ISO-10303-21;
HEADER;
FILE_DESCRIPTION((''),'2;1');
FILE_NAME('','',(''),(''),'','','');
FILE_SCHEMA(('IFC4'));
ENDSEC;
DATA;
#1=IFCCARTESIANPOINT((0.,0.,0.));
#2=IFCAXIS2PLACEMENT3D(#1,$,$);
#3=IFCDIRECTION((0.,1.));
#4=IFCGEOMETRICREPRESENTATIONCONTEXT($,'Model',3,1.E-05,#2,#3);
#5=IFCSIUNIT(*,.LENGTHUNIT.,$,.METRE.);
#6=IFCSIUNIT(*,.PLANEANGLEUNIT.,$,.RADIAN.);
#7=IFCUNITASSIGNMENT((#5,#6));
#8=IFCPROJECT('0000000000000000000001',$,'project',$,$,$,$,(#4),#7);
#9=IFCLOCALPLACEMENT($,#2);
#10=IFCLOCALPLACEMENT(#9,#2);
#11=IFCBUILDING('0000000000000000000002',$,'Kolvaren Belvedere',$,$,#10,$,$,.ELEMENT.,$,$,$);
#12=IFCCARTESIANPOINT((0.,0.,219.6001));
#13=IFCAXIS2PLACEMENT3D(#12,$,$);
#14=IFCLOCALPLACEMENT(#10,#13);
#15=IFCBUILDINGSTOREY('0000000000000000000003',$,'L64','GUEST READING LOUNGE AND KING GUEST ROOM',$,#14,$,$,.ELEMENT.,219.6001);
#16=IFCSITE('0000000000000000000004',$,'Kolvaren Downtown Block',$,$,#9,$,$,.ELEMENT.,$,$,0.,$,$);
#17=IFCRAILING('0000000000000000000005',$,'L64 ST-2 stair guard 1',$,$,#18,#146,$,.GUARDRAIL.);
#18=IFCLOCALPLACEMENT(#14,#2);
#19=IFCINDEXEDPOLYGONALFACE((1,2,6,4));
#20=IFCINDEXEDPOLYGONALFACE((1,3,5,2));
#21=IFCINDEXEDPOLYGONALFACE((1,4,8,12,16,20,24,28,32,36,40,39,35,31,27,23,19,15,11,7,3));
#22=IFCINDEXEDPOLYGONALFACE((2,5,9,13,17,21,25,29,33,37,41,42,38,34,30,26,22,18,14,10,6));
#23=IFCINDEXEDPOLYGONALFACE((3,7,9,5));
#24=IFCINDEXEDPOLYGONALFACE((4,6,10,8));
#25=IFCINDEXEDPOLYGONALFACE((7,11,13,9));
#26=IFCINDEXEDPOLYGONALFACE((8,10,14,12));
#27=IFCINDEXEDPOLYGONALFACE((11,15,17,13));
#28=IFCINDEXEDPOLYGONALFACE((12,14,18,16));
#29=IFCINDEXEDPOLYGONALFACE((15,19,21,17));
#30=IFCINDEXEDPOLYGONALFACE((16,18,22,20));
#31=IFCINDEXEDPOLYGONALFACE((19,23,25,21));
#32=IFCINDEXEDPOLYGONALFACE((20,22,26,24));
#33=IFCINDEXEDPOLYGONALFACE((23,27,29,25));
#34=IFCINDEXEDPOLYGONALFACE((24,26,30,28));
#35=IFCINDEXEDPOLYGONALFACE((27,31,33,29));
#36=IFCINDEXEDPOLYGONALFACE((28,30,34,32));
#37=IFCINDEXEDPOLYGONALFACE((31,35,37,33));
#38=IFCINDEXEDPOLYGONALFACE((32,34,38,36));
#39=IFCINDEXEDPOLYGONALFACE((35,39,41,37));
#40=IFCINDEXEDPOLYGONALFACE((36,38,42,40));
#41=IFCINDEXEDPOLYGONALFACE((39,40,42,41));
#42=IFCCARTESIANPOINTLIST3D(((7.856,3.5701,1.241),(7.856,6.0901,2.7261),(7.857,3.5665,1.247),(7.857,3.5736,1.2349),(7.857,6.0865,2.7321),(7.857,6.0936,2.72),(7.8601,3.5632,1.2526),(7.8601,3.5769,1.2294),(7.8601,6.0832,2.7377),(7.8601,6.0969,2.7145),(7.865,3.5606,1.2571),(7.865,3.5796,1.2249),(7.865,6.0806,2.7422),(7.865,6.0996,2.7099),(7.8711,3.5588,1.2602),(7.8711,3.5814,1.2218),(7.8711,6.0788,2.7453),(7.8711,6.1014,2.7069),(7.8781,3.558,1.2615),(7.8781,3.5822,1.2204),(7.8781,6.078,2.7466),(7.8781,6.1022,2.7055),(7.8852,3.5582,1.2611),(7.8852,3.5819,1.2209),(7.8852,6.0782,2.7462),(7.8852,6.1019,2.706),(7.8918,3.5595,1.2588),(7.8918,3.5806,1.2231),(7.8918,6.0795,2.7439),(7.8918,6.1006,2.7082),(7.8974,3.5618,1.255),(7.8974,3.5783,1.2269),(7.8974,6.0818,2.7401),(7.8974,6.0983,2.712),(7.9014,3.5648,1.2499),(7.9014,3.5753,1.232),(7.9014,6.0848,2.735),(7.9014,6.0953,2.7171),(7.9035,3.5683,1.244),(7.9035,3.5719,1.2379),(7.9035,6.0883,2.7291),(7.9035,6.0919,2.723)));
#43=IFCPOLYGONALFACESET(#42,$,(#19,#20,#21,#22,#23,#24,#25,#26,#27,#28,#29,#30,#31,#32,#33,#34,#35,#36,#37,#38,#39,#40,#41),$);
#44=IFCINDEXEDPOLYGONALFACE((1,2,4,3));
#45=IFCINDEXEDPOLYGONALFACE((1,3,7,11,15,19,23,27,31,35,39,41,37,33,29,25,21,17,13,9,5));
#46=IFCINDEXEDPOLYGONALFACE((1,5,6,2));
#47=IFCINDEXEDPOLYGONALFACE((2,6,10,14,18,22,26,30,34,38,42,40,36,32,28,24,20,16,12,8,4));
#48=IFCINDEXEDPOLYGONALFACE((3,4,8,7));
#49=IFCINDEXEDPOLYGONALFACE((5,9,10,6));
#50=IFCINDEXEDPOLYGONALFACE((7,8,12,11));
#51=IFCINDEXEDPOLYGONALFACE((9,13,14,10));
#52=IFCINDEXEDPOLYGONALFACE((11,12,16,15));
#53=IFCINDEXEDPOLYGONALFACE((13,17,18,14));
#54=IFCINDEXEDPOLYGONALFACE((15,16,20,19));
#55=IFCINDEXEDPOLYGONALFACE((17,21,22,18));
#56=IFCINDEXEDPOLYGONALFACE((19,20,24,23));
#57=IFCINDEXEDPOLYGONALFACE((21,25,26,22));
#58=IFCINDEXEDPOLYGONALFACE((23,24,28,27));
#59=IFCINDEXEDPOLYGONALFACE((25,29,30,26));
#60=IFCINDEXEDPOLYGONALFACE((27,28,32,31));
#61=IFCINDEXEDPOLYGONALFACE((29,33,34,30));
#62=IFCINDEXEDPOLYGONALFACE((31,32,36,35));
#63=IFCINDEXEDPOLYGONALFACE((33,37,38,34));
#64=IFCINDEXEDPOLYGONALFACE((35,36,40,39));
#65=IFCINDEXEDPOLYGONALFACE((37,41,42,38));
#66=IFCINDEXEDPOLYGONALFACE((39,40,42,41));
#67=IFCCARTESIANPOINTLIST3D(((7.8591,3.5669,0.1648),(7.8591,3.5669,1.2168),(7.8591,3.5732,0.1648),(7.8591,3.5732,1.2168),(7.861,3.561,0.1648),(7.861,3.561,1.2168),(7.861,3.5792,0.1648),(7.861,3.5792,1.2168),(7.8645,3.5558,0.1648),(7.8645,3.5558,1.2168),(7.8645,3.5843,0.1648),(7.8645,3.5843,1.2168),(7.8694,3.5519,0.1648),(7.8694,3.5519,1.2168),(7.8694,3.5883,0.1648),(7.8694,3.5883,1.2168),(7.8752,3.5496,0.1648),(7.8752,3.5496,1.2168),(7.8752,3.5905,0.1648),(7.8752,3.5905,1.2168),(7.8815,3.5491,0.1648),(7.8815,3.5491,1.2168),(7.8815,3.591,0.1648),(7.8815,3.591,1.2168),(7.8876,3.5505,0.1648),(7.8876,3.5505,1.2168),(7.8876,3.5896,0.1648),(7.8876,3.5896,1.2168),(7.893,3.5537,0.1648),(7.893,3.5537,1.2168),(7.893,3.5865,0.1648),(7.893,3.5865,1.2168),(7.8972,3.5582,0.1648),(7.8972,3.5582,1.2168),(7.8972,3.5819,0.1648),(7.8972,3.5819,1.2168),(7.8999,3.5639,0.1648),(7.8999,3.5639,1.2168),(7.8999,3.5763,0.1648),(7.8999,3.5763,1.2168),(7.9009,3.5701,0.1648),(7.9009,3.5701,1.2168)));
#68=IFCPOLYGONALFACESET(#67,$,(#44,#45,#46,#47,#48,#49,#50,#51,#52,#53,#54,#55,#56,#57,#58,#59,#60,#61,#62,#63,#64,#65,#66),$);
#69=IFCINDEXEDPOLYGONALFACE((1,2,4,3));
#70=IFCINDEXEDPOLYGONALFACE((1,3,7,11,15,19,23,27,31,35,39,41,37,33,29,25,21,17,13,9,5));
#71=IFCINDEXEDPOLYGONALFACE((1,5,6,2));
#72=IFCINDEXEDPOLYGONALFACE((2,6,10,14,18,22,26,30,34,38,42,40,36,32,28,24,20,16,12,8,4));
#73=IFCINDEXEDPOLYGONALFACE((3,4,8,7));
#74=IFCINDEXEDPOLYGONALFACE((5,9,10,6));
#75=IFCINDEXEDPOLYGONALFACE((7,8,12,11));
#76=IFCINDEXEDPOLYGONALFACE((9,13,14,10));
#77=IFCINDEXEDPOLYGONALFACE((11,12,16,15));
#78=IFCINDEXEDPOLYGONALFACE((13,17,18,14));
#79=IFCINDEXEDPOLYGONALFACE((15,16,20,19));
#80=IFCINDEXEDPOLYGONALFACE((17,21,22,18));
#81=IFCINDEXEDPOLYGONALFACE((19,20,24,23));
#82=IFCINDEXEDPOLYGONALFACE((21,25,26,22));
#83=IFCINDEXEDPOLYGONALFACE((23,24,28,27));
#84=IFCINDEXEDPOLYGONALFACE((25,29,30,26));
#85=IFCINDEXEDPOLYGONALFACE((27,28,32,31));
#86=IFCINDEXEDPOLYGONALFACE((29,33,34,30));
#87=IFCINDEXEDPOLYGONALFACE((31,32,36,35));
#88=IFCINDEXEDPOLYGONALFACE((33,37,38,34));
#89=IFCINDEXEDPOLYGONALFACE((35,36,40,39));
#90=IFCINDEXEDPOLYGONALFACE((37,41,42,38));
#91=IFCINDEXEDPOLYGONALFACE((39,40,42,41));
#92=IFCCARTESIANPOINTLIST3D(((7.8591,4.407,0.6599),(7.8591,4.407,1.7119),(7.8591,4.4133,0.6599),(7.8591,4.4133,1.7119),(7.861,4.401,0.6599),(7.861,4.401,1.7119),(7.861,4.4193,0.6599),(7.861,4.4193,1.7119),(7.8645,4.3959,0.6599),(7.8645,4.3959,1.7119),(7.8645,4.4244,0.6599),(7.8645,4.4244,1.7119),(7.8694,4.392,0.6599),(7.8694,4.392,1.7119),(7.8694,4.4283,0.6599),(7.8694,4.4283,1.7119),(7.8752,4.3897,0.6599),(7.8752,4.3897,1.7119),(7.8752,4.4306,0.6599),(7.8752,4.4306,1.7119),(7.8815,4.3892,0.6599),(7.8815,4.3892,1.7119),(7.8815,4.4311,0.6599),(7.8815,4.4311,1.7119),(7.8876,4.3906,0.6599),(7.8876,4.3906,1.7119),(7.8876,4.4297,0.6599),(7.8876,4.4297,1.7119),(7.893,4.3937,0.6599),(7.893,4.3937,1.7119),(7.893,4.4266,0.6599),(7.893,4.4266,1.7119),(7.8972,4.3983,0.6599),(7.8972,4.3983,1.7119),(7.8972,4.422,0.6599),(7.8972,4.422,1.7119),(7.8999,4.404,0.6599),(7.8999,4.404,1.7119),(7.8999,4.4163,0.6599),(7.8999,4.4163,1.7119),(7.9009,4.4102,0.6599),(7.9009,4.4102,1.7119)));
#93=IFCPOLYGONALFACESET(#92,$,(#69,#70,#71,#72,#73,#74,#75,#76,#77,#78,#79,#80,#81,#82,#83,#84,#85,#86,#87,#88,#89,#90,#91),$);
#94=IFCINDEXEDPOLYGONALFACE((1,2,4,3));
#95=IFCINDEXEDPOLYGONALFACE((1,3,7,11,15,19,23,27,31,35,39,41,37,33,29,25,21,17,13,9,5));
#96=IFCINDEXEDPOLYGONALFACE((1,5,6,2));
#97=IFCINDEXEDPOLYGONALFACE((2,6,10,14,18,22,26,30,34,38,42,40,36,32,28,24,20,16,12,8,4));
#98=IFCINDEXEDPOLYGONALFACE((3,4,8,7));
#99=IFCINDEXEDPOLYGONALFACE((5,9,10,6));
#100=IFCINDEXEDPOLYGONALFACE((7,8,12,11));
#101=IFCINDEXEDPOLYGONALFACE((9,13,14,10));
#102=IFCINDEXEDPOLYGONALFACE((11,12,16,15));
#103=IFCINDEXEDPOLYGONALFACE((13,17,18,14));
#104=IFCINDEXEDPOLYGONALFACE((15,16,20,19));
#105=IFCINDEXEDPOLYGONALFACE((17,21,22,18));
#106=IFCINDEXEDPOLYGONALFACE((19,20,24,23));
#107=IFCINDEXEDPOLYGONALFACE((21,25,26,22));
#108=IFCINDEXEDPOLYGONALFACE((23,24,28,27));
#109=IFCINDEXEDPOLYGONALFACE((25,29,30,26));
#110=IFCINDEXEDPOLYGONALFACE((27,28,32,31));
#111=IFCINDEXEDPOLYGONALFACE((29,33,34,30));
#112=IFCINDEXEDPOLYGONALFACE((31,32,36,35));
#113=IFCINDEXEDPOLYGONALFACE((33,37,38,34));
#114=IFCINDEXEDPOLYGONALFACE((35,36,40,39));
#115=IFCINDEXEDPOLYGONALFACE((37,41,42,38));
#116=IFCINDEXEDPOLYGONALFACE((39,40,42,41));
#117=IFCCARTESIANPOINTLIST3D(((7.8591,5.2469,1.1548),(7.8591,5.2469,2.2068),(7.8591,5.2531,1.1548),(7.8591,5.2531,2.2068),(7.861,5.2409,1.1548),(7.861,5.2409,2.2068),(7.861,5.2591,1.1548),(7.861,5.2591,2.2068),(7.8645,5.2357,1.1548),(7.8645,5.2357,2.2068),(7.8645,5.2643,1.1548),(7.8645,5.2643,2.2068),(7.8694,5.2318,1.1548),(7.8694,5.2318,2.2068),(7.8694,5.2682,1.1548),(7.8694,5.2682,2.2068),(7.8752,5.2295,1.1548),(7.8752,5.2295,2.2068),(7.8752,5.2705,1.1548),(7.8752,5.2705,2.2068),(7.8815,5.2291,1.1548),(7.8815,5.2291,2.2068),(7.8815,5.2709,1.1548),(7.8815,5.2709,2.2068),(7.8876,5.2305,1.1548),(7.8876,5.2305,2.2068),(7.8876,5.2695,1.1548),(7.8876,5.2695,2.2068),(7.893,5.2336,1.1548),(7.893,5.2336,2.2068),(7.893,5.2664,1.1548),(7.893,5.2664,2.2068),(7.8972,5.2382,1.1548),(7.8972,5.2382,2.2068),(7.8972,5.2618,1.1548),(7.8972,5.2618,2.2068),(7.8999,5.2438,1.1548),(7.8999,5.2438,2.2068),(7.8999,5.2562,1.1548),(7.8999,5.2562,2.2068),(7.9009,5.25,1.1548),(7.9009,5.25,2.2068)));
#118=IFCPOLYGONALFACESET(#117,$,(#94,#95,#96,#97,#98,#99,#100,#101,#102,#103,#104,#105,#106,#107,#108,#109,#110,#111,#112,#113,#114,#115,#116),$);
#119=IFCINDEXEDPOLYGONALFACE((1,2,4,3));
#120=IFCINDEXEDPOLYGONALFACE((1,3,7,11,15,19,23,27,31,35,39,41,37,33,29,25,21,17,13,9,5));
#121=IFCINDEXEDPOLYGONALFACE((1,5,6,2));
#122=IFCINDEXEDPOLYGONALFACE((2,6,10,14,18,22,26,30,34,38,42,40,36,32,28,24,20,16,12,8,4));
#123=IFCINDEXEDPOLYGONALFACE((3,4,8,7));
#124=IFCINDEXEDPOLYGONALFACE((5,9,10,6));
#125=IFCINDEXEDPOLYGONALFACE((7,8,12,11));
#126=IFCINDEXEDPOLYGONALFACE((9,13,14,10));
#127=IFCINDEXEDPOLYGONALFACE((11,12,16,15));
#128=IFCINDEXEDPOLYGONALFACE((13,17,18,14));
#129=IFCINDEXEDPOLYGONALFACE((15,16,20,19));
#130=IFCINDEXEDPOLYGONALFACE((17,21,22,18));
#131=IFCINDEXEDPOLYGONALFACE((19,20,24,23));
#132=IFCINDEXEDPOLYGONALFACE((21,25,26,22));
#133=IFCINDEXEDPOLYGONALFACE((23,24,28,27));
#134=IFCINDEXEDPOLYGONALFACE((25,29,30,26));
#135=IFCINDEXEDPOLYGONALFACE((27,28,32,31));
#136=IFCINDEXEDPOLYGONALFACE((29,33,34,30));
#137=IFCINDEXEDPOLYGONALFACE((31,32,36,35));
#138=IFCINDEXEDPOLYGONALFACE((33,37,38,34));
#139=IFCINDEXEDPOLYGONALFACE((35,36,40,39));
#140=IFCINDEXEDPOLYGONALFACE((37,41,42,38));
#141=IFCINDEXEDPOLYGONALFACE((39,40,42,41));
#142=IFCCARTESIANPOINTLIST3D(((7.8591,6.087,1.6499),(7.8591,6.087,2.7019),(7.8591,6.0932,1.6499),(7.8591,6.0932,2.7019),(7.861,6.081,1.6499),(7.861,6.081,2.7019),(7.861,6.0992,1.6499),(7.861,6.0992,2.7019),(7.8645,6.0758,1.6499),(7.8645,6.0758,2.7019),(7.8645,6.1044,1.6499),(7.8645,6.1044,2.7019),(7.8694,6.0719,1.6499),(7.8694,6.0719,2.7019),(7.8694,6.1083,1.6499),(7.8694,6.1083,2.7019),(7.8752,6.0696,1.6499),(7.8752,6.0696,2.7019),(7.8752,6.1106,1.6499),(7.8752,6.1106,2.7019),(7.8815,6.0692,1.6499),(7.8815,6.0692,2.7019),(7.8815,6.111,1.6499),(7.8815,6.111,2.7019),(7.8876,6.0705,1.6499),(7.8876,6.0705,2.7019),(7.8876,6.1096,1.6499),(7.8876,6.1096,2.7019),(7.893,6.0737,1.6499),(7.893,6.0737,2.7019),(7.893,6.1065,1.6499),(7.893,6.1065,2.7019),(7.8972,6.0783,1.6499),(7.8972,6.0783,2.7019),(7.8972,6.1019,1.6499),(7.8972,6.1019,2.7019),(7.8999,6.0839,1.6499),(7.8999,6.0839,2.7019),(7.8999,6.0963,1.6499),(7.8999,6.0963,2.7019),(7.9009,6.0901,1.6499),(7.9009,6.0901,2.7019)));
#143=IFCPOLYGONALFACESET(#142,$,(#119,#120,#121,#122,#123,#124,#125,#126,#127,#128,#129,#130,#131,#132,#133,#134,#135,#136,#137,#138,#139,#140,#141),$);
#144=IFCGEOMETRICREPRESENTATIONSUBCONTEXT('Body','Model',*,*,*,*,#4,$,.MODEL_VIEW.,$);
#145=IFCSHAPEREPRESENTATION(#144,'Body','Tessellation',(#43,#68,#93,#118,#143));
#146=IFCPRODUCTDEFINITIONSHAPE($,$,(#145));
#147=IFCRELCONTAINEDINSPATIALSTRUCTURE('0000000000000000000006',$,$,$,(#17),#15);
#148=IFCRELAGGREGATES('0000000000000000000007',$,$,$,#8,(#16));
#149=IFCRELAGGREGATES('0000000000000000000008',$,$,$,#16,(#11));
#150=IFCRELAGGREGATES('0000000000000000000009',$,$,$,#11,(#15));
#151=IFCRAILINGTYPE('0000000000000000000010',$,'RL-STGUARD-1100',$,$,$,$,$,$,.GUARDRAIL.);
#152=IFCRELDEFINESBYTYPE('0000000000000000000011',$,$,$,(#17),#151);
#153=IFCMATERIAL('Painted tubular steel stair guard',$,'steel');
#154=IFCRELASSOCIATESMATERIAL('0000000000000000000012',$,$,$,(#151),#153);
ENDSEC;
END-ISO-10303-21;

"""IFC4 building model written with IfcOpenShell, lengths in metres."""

from ifc_helpers import new_model, si_unit, direction, frame, origin, origin_2d, place, context, subcontext, project, spatial, circle, extrude, material, type_object, element, save


model = new_model("IFC4")

# Units and contexts
model_context = context("Model", 3, precision=1e-05, world=origin(), true_north=direction((0.0, 1.0)))
body_context = subcontext(model_context, "Body", "Model", "MODEL_VIEW")
ifc_project = project(units=[si_unit("LENGTHUNIT", "METRE"), si_unit("PLANEANGLEUNIT", "RADIAN")], contexts=[model_context])

# Site, building, storey
site_placement = place(None, origin())
site = spatial("IfcSite", under=ifc_project, at=site_placement, Name="Kolvaren Downtown Block", CompositionType="ELEMENT", RefElevation=0.0)
building_placement = place(site_placement, origin())
building = spatial("IfcBuilding", under=site, at=building_placement, Name="Kolvaren Belvedere", CompositionType="ELEMENT")
storey_placement = place(building_placement, frame((0.0, 0.0, 219.6001)))
storey = spatial("IfcBuildingStorey", under=building, at=storey_placement, Name="L64", Description="GUEST READING LOUNGE AND KING GUEST ROOM", CompositionType="ELEMENT", Elevation=219.6001)

# Railing
ifc_material_1 = material(Name="Painted tubular steel stair guard", Category="steel")
railing_type_1 = type_object("IfcRailingType", Name="RL-STGUARD-1100", PredefinedType="GUARDRAIL", material=ifc_material_1)
railing_1_placement = place(storey_placement, frame((7.8799, 3.5701, 0.1648)))
element("IfcRailing", 1, at=railing_1_placement, inside=storey, type_object=railing_type_1, Name="L64 ST-2 stair guard 1", PredefinedType="GUARDRAIL", context=body_context, shape_type="SweptSolid", body=[
    extrude(circle(Radius=0.0239, at=origin_2d()), frame((0.0, 0.0, 1.0762), z_axis=(0.0, 0.861524, 0.507717), x_axis=(-1.0, 0.0, 0.0)), (0.0, 0.0, 1.0), 2.925),
    extrude(circle(Radius=0.021, at=origin_2d()), origin(), (0.0, 0.0, 1.0), 1.052),
    extrude(circle(Radius=0.021, at=origin_2d()), frame((0.0, 0.8401, 0.4951)), (0.0, 0.0, 1.0), 1.052),
    extrude(circle(Radius=0.021, at=origin_2d()), frame((0.0, 1.6799, 0.99)), (0.0, 0.0, 1.0), 1.052),
    extrude(circle(Radius=0.021, at=origin_2d()), frame((0.0, 2.52, 1.4851)), (0.0, 0.0, 1.0), 1.052),
])

save(model, "model.ifc")
